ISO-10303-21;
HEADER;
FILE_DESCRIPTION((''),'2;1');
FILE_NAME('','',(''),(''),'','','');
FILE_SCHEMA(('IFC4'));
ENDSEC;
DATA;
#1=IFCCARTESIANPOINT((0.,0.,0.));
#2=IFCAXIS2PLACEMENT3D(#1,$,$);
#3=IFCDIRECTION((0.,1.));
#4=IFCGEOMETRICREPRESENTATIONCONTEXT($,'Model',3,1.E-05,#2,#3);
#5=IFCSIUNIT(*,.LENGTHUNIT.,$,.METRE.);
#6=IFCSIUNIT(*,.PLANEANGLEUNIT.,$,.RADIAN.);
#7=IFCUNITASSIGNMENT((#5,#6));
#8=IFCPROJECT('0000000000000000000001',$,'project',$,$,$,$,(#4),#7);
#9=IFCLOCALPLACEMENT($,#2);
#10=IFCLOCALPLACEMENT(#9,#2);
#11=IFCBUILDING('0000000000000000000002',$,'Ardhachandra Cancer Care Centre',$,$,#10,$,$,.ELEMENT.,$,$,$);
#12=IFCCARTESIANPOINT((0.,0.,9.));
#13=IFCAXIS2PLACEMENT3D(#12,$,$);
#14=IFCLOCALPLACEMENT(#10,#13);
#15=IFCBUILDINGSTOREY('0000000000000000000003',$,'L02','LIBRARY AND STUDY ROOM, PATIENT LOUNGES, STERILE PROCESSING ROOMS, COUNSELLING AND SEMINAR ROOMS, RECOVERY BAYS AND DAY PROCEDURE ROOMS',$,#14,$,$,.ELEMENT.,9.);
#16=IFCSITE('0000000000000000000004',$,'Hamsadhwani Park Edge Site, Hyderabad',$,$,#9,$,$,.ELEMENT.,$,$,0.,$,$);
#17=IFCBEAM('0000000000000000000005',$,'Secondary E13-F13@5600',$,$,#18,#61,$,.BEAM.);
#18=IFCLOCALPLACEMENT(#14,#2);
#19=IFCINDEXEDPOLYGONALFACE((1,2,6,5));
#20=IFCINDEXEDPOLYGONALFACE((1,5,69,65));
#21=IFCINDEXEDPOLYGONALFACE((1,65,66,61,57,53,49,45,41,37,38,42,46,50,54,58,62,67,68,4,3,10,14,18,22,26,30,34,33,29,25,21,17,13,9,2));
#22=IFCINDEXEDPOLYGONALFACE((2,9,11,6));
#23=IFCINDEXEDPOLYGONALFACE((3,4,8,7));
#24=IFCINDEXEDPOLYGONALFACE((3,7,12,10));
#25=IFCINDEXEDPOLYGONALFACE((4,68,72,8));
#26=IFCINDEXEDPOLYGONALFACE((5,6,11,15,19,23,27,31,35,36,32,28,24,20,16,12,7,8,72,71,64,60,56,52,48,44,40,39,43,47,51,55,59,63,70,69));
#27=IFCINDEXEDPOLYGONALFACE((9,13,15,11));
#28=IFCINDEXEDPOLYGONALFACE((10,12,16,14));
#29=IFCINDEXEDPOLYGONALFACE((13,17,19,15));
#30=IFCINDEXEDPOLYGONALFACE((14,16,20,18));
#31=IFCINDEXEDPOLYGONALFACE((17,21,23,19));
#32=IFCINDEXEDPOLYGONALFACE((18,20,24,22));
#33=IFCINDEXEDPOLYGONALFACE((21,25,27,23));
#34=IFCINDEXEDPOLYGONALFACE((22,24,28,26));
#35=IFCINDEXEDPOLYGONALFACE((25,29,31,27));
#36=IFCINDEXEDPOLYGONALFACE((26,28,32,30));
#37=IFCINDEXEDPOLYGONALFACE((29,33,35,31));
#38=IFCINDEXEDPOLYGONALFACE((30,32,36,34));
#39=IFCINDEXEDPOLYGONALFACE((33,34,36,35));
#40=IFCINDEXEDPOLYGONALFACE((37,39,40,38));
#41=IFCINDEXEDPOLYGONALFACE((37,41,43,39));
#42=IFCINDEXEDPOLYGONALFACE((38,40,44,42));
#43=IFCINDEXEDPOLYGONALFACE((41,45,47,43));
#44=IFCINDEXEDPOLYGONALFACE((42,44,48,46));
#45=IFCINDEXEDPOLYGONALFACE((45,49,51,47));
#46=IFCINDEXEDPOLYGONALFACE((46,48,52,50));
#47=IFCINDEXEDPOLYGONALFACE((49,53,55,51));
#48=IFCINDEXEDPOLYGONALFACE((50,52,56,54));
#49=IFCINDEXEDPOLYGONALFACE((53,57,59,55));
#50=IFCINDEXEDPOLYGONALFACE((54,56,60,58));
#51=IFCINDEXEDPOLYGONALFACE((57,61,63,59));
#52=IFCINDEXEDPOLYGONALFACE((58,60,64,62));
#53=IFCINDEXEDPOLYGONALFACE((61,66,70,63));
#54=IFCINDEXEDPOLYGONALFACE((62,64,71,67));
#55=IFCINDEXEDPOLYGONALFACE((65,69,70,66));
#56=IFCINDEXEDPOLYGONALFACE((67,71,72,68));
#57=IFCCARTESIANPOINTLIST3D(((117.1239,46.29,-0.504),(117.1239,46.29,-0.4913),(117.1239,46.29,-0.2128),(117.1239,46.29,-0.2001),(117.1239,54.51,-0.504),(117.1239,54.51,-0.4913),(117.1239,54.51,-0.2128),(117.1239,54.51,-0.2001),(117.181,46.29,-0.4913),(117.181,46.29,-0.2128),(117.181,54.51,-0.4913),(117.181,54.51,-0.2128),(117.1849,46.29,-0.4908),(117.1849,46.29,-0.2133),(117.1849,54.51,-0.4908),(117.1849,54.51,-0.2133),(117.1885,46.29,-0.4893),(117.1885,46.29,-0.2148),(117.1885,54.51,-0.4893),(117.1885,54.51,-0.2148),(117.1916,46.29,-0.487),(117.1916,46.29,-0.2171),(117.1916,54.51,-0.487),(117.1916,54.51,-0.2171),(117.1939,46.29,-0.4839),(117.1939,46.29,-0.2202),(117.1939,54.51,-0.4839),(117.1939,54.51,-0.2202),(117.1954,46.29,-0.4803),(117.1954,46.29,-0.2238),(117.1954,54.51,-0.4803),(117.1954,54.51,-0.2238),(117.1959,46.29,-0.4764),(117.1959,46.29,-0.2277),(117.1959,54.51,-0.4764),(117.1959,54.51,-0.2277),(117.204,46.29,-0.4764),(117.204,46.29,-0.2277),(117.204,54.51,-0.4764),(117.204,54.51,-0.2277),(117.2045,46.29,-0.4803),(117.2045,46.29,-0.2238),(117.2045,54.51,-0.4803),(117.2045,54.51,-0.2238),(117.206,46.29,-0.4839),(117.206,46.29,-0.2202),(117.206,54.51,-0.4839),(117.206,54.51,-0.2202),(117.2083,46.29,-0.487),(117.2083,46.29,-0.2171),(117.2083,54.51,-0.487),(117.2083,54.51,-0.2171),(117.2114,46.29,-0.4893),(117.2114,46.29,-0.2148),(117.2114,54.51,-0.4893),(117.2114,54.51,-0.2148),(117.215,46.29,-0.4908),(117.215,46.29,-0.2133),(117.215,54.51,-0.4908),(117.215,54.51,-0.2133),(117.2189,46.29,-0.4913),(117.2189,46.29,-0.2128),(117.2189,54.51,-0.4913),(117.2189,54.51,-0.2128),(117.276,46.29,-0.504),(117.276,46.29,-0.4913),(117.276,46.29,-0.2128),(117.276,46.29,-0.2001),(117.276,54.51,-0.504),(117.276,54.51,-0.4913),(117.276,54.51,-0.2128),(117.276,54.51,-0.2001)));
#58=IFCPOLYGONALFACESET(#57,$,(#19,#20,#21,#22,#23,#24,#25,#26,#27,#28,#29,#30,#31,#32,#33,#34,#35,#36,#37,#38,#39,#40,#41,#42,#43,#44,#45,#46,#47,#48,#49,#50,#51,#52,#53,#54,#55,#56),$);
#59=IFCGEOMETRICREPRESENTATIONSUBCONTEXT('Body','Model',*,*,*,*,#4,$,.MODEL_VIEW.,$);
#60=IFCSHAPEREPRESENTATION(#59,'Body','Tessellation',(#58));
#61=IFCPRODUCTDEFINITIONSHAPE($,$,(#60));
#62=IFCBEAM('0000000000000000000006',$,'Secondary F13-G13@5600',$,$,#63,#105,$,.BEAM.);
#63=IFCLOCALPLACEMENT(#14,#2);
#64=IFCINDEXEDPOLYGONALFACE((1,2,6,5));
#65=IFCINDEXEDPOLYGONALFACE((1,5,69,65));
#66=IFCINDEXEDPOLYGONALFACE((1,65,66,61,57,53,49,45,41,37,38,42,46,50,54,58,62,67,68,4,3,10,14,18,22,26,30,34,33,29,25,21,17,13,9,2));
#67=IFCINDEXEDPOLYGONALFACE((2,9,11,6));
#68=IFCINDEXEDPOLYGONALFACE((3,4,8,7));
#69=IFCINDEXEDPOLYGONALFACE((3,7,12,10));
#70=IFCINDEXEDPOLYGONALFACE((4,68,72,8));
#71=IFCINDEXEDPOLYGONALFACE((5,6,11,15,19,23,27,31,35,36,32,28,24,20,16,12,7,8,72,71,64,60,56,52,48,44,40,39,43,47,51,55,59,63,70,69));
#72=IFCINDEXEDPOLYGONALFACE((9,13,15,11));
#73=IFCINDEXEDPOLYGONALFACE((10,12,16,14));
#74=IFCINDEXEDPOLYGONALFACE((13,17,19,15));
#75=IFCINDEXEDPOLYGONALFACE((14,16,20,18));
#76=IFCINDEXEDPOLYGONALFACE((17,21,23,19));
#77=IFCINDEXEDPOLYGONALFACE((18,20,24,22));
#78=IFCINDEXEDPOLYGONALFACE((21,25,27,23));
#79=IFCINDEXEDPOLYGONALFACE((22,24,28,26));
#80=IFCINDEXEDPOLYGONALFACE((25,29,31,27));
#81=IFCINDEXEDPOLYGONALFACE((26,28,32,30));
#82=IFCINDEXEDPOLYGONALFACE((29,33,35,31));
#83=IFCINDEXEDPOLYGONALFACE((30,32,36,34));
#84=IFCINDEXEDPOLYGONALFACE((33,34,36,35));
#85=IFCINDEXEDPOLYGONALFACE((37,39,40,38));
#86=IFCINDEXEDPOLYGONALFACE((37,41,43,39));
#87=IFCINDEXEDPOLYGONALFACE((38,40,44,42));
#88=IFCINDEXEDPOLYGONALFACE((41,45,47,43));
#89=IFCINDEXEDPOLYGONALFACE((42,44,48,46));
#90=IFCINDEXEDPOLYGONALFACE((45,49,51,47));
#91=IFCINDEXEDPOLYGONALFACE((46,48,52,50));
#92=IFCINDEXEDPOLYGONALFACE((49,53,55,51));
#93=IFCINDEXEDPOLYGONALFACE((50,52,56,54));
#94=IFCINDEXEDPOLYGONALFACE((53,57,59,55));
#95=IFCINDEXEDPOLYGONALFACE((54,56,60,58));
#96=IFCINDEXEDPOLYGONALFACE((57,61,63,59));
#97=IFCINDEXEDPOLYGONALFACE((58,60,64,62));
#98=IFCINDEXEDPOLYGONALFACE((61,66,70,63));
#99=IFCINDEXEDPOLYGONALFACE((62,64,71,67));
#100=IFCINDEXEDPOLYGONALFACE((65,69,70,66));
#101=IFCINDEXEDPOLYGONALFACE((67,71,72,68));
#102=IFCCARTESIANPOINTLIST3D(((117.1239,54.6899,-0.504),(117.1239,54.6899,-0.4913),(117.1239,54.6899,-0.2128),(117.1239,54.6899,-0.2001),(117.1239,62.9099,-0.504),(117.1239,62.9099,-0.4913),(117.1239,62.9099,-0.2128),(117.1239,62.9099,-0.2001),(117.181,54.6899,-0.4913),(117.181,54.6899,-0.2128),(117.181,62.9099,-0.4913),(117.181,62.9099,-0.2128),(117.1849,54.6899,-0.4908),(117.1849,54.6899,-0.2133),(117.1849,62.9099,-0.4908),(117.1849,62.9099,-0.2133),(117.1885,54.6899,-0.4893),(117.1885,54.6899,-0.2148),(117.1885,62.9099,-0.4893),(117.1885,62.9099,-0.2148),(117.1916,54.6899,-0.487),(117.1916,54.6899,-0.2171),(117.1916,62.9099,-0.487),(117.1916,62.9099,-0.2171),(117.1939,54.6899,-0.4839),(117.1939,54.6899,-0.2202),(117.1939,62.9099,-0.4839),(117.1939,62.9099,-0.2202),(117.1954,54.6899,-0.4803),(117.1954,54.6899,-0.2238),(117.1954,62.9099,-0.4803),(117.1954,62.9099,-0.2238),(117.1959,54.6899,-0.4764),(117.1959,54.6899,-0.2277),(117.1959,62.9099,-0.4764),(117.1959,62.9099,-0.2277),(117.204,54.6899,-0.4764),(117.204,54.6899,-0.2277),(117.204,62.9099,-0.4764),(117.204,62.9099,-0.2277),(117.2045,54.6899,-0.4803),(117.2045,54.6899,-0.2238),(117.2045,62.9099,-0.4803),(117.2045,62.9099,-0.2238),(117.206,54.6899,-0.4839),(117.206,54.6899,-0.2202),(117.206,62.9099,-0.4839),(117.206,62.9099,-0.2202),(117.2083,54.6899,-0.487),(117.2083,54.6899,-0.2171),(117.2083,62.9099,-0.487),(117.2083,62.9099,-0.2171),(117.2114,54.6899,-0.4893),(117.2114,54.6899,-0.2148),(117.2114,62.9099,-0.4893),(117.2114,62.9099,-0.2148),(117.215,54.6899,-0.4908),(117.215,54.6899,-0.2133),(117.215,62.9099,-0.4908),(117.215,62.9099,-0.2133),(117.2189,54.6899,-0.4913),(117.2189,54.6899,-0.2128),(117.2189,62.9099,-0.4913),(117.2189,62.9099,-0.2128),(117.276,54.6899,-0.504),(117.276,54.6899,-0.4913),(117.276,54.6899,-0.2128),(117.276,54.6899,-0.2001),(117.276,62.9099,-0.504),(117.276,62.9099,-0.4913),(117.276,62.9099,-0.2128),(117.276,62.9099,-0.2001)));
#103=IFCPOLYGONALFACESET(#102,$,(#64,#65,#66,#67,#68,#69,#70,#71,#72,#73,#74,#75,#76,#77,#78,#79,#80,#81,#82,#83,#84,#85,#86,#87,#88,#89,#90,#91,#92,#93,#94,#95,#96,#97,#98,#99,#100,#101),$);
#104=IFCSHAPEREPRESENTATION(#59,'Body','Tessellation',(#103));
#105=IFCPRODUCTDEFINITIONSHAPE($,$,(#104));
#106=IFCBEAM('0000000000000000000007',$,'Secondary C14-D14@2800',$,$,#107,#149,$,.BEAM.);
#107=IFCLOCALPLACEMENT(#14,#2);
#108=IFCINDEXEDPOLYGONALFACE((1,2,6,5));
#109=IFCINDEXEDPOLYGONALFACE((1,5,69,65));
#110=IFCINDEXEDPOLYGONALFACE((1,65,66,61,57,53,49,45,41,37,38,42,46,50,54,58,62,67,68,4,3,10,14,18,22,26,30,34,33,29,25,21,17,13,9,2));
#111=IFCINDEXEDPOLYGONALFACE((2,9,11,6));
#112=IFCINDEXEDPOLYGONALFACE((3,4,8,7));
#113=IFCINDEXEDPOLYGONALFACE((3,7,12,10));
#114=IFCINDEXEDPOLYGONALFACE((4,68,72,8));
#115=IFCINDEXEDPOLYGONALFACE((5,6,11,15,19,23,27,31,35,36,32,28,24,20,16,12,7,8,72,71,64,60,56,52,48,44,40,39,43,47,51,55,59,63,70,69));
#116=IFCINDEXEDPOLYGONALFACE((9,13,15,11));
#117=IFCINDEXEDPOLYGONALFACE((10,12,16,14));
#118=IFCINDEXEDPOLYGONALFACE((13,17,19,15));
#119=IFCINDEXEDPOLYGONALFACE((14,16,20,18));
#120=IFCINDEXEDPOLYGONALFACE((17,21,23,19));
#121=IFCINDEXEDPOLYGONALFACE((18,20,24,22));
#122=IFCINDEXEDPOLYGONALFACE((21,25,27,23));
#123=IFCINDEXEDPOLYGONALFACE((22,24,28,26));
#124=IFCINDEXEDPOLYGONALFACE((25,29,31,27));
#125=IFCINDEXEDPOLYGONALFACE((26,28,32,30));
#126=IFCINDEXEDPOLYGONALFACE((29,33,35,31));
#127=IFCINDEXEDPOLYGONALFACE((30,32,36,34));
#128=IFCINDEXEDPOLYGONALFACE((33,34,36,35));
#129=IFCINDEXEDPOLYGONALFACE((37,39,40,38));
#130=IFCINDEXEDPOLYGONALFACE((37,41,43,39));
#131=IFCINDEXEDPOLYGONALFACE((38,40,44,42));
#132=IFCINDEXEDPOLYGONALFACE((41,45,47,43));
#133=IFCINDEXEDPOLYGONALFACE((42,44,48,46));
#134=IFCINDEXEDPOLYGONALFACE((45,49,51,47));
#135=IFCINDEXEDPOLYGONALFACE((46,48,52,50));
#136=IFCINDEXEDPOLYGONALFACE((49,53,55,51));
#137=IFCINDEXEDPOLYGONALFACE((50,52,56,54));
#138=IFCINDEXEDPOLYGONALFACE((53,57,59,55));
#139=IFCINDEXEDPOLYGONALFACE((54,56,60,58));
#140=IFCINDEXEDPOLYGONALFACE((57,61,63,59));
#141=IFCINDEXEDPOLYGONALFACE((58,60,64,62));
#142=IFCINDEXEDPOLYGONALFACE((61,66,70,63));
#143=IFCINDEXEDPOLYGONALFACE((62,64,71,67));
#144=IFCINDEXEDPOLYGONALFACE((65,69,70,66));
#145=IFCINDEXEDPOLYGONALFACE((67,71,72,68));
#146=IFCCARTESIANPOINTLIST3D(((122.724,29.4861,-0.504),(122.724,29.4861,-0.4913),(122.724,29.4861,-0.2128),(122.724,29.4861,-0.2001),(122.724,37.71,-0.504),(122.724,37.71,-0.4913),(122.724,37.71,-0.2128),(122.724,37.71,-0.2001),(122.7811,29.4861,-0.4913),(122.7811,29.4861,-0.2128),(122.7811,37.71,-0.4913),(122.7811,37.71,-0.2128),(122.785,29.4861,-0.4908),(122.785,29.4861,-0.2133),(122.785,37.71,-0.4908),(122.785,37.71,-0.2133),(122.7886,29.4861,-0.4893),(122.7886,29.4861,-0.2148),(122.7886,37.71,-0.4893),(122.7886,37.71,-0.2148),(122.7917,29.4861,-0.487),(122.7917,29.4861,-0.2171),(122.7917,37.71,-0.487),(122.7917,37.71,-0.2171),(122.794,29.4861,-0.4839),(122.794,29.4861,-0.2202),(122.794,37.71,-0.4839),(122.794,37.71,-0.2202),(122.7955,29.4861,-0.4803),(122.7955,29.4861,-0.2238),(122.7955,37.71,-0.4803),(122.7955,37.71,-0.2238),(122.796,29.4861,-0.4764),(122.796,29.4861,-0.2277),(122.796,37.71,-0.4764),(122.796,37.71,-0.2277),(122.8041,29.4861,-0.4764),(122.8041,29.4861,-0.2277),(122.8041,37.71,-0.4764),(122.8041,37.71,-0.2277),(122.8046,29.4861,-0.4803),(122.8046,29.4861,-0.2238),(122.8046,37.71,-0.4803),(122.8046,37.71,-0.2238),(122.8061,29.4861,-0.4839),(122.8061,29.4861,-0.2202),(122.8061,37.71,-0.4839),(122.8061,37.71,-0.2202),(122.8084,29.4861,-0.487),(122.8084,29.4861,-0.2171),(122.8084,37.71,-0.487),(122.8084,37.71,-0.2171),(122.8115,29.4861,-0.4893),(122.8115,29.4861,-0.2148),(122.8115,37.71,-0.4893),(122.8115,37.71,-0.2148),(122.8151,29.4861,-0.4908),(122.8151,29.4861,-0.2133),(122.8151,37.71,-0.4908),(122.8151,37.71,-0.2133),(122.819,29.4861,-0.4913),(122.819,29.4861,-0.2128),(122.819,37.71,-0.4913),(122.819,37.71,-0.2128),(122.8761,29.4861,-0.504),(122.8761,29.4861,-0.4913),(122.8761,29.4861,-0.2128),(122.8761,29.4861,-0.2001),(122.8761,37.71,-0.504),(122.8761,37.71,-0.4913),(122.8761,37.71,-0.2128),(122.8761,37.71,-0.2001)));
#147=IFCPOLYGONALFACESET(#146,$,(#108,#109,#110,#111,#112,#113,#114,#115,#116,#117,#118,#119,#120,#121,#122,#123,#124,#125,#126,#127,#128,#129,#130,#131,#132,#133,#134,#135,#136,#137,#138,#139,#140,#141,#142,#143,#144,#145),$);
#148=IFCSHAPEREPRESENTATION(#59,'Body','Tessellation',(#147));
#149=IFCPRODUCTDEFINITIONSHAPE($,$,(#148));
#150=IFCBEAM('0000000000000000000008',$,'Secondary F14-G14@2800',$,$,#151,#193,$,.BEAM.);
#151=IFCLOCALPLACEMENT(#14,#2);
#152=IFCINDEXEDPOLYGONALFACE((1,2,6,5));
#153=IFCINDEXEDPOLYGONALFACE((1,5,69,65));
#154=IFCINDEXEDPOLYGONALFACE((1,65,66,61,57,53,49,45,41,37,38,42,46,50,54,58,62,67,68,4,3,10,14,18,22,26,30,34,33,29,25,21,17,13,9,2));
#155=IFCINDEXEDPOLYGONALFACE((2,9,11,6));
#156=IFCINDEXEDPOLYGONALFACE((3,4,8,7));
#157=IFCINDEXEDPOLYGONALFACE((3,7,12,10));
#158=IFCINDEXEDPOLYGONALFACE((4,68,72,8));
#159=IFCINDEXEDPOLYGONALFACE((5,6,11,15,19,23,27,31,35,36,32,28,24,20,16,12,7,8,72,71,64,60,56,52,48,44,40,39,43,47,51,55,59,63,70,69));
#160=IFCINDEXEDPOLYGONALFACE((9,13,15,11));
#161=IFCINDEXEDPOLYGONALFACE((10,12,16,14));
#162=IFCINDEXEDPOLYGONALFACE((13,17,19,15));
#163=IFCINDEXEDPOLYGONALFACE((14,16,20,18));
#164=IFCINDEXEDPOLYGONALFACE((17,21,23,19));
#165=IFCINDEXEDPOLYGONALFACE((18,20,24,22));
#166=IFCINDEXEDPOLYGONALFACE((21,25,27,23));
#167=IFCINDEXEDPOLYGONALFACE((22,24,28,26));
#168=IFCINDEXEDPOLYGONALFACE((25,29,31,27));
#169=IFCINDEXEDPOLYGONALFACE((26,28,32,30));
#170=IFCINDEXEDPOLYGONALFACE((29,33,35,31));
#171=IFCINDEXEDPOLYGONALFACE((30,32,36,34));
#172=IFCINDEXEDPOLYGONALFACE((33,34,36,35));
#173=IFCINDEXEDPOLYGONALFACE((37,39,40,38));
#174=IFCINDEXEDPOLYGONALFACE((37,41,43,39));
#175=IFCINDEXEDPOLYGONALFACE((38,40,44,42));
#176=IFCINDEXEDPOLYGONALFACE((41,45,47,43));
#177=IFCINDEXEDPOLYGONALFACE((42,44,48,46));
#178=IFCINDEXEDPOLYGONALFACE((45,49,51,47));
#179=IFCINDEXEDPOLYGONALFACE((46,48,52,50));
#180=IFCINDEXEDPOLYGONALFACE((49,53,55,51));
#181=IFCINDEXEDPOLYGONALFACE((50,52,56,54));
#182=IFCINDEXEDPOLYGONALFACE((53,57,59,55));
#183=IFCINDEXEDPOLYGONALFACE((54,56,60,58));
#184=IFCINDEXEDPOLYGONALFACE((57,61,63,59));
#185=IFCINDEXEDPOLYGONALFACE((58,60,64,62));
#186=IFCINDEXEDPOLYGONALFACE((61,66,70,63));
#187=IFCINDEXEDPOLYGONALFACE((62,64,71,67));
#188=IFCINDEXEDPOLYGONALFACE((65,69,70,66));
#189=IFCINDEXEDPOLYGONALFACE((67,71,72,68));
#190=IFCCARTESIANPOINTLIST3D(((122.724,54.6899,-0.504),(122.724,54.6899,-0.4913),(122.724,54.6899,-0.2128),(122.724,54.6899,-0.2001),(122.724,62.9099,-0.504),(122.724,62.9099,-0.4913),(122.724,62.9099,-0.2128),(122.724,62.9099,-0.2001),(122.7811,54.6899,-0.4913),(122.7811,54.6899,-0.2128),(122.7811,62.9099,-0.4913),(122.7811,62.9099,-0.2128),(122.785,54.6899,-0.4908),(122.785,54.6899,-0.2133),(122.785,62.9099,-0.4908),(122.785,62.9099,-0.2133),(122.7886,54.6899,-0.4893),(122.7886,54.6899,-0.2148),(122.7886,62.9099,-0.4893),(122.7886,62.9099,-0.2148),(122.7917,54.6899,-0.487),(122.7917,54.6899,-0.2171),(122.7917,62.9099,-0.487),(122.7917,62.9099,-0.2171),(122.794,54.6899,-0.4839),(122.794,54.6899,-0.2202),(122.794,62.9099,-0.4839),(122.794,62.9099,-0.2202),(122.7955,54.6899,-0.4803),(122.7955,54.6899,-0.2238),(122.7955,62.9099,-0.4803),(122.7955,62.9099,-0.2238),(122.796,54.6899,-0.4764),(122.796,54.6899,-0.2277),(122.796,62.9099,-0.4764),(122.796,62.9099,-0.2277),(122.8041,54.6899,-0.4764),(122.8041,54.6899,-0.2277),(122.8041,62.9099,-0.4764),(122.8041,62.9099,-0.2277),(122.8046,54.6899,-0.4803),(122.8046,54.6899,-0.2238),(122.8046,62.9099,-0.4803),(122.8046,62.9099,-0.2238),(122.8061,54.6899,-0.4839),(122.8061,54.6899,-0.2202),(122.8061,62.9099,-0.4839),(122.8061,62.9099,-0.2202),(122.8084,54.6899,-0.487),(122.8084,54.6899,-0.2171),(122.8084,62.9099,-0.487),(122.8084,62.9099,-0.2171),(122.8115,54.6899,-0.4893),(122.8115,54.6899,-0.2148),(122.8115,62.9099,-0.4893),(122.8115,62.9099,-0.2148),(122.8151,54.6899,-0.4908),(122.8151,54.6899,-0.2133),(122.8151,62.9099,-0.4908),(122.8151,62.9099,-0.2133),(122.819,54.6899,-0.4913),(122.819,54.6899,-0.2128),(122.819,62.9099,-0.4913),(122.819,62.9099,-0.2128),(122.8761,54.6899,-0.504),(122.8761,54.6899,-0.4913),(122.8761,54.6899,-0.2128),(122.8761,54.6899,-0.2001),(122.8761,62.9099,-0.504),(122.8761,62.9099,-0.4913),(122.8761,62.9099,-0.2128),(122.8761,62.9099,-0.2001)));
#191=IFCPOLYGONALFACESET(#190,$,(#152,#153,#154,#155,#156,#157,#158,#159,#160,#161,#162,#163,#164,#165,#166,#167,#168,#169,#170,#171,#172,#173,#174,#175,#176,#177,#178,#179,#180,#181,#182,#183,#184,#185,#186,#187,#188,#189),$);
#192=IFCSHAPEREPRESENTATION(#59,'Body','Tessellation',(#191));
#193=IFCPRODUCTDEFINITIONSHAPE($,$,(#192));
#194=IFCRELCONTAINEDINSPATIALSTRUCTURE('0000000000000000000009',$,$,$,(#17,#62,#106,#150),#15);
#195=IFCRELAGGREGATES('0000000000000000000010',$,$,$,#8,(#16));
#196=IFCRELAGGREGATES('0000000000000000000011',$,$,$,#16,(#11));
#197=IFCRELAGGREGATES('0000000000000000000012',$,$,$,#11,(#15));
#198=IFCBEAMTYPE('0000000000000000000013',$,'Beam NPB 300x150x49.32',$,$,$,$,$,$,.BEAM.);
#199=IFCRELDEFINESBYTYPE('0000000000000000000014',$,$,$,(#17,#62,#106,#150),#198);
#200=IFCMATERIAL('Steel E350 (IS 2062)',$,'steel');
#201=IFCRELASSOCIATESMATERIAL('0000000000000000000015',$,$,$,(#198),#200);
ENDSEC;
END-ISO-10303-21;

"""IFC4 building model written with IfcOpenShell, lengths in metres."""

from ifc_helpers import new_model, si_unit, direction, frame, origin, origin_2d, place, context, subcontext, project, spatial, i_section, extrude, material, material_profile, profile_set, type_object, element, save


model = new_model("IFC4")

# Units and contexts
model_context = context("Model", 3, precision=1e-05, world=origin(), true_north=direction((0.0, 1.0)))
body_context = subcontext(model_context, "Body", "Model", "MODEL_VIEW")
ifc_project = project(units=[si_unit("LENGTHUNIT", "METRE"), si_unit("PLANEANGLEUNIT", "RADIAN")], contexts=[model_context])

# Site, building, storey
site_placement = place(None, origin())
site = spatial("IfcSite", under=ifc_project, at=site_placement, Name="Hamsadhwani Park Edge Site, Hyderabad", CompositionType="ELEMENT", RefElevation=0.0)
building_placement = place(site_placement, origin())
building = spatial("IfcBuilding", under=site, at=building_placement, Name="Ardhachandra Cancer Care Centre", CompositionType="ELEMENT")
storey_placement = place(building_placement, frame((0.0, 0.0, 9.0)))
storey = spatial("IfcBuildingStorey", under=building, at=storey_placement, Name="L02", Description="LIBRARY AND STUDY ROOM, PATIENT LOUNGES, STERILE PROCESSING ROOMS, COUNSELLING AND SEMINAR ROOMS, RECOVERY BAYS AND DAY PROCEDURE ROOMS", CompositionType="ELEMENT", Elevation=9.0)

# Beams
ifc_material_1 = material(Name="Steel E350 (IS 2062)", Category="steel")
ifc_material_profile_1 = material_profile(ifc_material_1, i_section(OverallWidth=0.1521, OverallDepth=0.304, WebThickness=0.0081, FlangeThickness=0.0127, FilletRadius=0.0149, at=origin_2d()), Name="NPB 300x150x49.32")
ifc_profile_set_1 = profile_set([ifc_material_profile_1], Name="Steel E350 (IS 2062)")
beam_type_1 = type_object("IfcBeamType", Name="Beam NPB 300x150x49.32", PredefinedType="BEAM", material=ifc_profile_set_1)
for number, where, z_axis, x_axis, name in (
    (1, (117.2, 46.29, -0.3521), (0.0, 1.0, 0.0), (-1.0, 0.0, 0.0), "Secondary E13-F13@5600"),
    (2, (117.2, 54.6899, -0.3521), (0.0, 1.0, 0.0), (-1.0, 0.0, 0.0), "Secondary F13-G13@5600"),
):
    element("IfcBeam", number, at=place(storey_placement, frame(where, z_axis=z_axis, x_axis=x_axis)), inside=storey, type_object=beam_type_1, Name=name, PredefinedType="BEAM", context=body_context, shape_type="SweptSolid", body=[
        extrude(i_section(OverallWidth=0.1521, OverallDepth=0.304, WebThickness=0.0081, FlangeThickness=0.0127, FilletRadius=0.0149, at=origin_2d()), origin(), (0.0, 0.0, 1.0), 8.22),
    ])
beam_1_placement = place(storey_placement, frame((122.8, 29.4861, -0.3521), z_axis=(0.0, 1.0, 0.0), x_axis=(-1.0, 0.0, 0.0)))
element("IfcBeam", 3, at=beam_1_placement, inside=storey, type_object=beam_type_1, Name="Secondary C14-D14@2800", PredefinedType="BEAM", context=body_context, shape_type="SweptSolid", body=[
    extrude(i_section(OverallWidth=0.1521, OverallDepth=0.304, WebThickness=0.0081, FlangeThickness=0.0127, FilletRadius=0.0149, at=origin_2d()), origin(), (0.0, 0.0, 1.0), 8.2239),
])
beam_2_placement = place(storey_placement, frame((122.8, 54.6899, -0.3521), z_axis=(0.0, 1.0, 0.0), x_axis=(-1.0, 0.0, 0.0)))
element("IfcBeam", 4, at=beam_2_placement, inside=storey, type_object=beam_type_1, Name="Secondary F14-G14@2800", PredefinedType="BEAM", context=body_context, shape_type="SweptSolid", body=[
    extrude(i_section(OverallWidth=0.1521, OverallDepth=0.304, WebThickness=0.0081, FlangeThickness=0.0127, FilletRadius=0.0149, at=origin_2d()), origin(), (0.0, 0.0, 1.0), 8.22),
])

save(model, "model.ifc")
